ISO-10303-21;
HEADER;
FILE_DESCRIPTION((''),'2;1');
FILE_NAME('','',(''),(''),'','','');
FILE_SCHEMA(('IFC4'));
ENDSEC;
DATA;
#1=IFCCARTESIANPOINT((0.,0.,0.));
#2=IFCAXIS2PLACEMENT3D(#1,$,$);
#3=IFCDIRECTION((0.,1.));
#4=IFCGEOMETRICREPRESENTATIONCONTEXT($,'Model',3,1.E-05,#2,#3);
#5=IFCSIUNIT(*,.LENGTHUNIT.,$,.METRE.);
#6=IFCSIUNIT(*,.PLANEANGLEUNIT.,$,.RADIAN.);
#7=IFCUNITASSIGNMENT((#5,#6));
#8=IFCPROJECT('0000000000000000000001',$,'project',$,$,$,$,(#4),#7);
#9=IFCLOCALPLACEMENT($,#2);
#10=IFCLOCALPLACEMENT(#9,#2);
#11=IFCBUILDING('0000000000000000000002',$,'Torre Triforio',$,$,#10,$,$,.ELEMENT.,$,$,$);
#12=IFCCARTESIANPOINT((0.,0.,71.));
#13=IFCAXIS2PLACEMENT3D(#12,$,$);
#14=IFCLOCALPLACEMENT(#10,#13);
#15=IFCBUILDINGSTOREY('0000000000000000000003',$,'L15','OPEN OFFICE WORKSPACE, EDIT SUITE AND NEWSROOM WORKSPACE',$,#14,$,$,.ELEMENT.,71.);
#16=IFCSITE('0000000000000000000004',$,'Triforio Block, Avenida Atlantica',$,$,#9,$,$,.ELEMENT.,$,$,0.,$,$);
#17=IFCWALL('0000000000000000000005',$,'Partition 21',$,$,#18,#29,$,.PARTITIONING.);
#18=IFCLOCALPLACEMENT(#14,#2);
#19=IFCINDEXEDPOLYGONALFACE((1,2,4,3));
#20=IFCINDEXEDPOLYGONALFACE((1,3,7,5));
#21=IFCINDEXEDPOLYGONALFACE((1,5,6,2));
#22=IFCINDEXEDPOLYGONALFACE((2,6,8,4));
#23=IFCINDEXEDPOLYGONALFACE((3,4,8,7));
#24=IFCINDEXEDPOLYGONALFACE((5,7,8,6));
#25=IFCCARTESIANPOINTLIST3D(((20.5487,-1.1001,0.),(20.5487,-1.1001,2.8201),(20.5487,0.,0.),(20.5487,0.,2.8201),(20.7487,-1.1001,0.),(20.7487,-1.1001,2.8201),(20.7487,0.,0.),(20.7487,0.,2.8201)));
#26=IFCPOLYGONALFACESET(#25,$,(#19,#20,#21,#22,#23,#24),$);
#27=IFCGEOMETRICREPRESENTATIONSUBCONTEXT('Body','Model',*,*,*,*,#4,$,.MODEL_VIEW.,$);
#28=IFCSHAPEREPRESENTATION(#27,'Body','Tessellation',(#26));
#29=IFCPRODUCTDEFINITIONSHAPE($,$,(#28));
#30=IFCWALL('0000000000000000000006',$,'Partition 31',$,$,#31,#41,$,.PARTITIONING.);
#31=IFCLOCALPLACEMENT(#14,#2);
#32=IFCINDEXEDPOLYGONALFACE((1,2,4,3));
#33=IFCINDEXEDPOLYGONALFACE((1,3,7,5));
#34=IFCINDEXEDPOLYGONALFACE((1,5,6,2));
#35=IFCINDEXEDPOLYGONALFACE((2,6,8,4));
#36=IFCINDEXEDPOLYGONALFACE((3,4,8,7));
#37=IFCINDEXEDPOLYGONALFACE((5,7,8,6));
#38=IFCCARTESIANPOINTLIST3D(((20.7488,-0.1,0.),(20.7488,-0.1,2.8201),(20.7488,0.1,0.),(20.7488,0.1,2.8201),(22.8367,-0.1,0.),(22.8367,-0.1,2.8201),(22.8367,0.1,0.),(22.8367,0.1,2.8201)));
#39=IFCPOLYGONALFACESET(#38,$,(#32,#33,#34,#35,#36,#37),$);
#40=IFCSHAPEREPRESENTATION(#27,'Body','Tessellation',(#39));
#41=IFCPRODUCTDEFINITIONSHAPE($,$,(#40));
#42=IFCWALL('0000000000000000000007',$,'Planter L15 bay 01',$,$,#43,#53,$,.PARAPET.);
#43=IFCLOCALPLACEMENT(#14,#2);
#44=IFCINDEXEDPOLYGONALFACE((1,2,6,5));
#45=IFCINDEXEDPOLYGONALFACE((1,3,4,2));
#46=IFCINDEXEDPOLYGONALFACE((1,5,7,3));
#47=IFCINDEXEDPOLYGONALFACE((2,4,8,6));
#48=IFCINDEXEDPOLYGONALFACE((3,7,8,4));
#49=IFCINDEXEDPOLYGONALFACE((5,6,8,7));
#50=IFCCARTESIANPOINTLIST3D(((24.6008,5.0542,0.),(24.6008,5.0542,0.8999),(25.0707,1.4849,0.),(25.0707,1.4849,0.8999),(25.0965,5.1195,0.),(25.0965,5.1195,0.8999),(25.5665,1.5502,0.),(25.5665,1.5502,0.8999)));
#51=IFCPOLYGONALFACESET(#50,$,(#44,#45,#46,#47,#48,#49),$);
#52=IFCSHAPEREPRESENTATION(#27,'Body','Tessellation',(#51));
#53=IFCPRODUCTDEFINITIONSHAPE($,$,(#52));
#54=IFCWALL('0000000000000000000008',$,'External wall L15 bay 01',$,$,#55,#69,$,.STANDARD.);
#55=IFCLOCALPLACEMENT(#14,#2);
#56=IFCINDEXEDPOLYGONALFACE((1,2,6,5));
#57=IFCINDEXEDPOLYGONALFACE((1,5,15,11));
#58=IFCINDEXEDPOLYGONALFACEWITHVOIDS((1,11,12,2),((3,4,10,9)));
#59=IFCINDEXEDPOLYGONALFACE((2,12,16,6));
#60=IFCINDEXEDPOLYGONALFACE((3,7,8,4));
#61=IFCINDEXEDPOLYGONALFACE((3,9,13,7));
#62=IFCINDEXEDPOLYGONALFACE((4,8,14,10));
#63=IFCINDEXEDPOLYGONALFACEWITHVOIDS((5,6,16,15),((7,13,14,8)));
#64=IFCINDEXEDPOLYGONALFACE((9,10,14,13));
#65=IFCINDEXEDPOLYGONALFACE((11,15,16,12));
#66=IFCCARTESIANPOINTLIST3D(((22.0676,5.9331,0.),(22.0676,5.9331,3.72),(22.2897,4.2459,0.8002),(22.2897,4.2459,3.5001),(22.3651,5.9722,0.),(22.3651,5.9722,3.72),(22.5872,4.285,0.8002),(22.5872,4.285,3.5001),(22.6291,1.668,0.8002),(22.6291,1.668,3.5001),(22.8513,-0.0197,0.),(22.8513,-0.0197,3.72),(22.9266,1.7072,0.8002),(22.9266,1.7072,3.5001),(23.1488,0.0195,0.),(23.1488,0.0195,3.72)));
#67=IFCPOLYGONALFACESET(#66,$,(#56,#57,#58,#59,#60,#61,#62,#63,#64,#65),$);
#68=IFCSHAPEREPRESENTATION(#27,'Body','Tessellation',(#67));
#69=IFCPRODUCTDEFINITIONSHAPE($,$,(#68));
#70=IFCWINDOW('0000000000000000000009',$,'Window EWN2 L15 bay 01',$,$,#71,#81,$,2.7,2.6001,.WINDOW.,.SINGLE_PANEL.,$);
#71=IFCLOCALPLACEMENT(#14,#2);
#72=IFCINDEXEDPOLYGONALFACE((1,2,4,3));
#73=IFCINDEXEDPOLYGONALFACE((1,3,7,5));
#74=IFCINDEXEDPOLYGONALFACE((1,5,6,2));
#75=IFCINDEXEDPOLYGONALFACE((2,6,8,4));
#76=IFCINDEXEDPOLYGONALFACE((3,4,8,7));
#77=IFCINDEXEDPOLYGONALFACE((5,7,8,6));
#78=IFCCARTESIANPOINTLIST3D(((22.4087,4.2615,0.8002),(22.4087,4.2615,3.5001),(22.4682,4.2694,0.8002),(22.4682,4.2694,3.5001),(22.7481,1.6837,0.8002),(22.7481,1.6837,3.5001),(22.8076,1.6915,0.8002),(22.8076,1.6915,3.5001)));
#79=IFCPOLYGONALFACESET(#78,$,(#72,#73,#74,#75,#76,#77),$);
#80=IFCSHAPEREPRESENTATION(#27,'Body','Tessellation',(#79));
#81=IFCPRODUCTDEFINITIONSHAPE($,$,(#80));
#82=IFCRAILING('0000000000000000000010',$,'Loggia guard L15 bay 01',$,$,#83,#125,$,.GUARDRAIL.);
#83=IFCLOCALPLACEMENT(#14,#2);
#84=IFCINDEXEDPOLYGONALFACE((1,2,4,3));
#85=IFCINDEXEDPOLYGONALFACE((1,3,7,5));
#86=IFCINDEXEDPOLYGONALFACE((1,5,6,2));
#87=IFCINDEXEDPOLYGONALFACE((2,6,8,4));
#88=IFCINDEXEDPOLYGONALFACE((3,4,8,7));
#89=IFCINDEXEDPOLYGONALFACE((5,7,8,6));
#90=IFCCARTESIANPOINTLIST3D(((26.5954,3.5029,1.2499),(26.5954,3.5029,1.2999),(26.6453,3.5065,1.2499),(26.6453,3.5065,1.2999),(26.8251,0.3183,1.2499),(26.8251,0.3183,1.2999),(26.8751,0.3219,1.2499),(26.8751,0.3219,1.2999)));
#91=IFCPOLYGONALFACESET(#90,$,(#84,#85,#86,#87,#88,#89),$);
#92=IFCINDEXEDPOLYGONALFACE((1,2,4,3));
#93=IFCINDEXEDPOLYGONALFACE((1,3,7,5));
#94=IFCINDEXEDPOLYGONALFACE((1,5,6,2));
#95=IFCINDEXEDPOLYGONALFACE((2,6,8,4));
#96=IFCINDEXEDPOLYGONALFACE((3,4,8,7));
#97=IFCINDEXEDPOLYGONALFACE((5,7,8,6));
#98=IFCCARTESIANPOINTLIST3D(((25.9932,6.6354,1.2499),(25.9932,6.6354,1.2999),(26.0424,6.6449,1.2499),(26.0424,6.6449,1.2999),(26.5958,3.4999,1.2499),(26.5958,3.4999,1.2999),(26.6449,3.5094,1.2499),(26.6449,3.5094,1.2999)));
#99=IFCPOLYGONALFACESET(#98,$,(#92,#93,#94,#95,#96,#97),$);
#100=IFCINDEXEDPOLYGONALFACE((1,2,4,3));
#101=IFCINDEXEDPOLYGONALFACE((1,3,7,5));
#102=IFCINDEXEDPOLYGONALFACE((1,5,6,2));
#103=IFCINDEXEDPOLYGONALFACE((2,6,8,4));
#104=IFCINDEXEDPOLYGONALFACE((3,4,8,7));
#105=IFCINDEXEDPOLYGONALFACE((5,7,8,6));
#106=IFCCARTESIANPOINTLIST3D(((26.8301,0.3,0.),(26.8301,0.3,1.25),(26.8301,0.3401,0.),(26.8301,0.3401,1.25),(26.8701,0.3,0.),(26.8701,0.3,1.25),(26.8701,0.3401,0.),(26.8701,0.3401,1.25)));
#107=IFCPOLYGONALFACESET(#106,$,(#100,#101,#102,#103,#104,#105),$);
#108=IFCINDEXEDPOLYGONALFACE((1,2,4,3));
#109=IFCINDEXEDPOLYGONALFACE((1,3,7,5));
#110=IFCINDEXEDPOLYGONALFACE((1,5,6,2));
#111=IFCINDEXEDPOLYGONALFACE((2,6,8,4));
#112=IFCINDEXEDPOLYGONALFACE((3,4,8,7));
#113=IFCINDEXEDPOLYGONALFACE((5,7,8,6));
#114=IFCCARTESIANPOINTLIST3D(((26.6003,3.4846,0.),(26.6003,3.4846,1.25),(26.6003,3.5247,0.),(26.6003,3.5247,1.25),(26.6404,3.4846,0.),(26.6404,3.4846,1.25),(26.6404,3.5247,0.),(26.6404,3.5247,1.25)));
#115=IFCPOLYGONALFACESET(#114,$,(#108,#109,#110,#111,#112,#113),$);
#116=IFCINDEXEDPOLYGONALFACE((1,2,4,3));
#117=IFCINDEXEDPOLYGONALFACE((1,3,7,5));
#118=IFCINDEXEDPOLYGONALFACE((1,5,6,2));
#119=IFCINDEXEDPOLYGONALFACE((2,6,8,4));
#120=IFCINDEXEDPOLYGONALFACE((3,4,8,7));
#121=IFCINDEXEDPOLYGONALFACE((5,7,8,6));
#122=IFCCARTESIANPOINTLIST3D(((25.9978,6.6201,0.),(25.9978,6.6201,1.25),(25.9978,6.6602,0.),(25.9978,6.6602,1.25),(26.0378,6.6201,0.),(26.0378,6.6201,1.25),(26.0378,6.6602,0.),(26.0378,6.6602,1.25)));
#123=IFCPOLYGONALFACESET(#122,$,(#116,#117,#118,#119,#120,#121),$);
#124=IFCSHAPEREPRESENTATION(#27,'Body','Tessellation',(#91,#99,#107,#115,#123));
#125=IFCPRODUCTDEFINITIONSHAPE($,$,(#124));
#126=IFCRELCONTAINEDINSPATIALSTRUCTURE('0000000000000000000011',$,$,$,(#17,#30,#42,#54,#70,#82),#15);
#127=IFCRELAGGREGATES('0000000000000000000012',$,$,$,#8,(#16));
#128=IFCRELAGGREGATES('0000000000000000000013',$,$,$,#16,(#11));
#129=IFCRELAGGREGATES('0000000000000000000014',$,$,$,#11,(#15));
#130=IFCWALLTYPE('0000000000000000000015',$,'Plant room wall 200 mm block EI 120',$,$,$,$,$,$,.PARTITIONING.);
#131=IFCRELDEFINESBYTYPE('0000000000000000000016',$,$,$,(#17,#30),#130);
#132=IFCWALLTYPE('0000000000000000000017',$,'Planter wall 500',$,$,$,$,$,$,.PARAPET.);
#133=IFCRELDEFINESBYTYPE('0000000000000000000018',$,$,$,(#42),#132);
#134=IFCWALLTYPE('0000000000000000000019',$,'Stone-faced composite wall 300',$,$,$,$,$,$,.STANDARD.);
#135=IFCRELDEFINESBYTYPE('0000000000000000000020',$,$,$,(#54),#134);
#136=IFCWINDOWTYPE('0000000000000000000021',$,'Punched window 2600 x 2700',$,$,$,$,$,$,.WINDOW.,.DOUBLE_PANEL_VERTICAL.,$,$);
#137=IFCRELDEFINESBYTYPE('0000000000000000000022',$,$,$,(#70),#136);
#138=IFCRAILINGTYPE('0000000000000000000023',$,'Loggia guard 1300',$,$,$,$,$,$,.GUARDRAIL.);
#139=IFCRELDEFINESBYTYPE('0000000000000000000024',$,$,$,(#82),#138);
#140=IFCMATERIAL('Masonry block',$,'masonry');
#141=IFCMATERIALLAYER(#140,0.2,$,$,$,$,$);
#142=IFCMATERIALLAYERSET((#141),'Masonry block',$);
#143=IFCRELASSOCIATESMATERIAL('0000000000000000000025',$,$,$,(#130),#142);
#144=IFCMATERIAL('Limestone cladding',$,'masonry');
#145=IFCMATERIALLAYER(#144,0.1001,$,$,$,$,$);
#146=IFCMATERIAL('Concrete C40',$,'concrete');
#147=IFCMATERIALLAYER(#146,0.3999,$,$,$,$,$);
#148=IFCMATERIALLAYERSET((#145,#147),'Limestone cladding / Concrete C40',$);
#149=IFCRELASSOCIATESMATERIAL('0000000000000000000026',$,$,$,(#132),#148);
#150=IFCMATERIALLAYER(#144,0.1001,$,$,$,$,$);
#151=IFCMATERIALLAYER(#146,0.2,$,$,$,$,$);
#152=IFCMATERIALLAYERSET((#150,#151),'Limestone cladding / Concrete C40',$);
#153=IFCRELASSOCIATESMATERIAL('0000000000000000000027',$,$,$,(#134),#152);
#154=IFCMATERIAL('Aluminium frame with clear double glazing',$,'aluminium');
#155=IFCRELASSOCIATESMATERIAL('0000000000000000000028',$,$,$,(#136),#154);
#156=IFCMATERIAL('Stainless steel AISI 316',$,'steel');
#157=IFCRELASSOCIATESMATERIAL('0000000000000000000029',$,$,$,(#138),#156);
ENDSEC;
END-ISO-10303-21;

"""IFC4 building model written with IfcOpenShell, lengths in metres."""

from ifc_helpers import new_model, si_unit, direction, frame, frame_2d, origin, origin_2d, place, context, subcontext, project, spatial, rectangle, extrude, material, layer, layer_set, type_object, element, fill, save


model = new_model("IFC4")

# Units and contexts
model_context = context("Model", 3, precision=1e-05, world=origin(), true_north=direction((0.0, 1.0)))
body_context = subcontext(model_context, "Body", "Model", "MODEL_VIEW")
ifc_project = project(units=[si_unit("LENGTHUNIT", "METRE"), si_unit("PLANEANGLEUNIT", "RADIAN")], contexts=[model_context])

# Site, building, storey
site_placement = place(None, origin())
site = spatial("IfcSite", under=ifc_project, at=site_placement, Name="Triforio Block, Avenida Atlantica", CompositionType="ELEMENT", RefElevation=0.0)
building_placement = place(site_placement, origin())
building = spatial("IfcBuilding", under=site, at=building_placement, Name="Torre Triforio", CompositionType="ELEMENT")
storey_placement = place(building_placement, frame((0.0, 0.0, 71.0)))
storey = spatial("IfcBuildingStorey", under=building, at=storey_placement, Name="L15", Description="OPEN OFFICE WORKSPACE, EDIT SUITE AND NEWSROOM WORKSPACE", CompositionType="ELEMENT", Elevation=71.0)

# Walls
ifc_material_1 = material(Name="Masonry block", Category="masonry")
ifc_layer_1 = layer(ifc_material_1, 0.2)
ifc_layer_set_1 = layer_set([ifc_layer_1], Name="Masonry block")
wall_type_1 = type_object("IfcWallType", Name="Plant room wall 200 mm block EI 120", PredefinedType="PARTITIONING", material=ifc_layer_set_1)
wall_1_placement = place(storey_placement, frame((20.6487, 0.0, 0.0), z_axis=(0.0, 0.0, 1.0), x_axis=(0.0, -1.0, 0.0)))
element("IfcWall", 1, at=wall_1_placement, inside=storey, type_object=wall_type_1, Name="Partition 21", PredefinedType="PARTITIONING", context=body_context, shape_type="SweptSolid", body=[
    extrude(rectangle(XDim=1.1001, YDim=0.2, at=frame_2d((0.55, 0.0))), origin(), (0.0, 0.0, 1.0), 2.8201),
])
wall_2_placement = place(storey_placement, frame((20.7488, 0.0, 0.0), z_axis=(0.0, 0.0, 1.0), x_axis=(1.0, 0.0, 0.0)))
element("IfcWall", 2, at=wall_2_placement, inside=storey, type_object=wall_type_1, Name="Partition 31", PredefinedType="PARTITIONING", context=body_context, shape_type="SweptSolid", body=[
    extrude(rectangle(XDim=2.0879, YDim=0.2, at=frame_2d((1.0439, 0.0))), origin(), (0.0, 0.0, 1.0), 2.8201),
])
ifc_material_2 = material(Name="Limestone cladding", Category="masonry")
ifc_layer_2 = layer(ifc_material_2, 0.1001)
ifc_material_3 = material(Name="Concrete C40", Category="concrete")
ifc_layer_3 = layer(ifc_material_3, 0.3999)
ifc_layer_set_2 = layer_set([ifc_layer_2, ifc_layer_3], Name="Limestone cladding / Concrete C40")
wall_type_2 = type_object("IfcWallType", Name="Planter wall 500", PredefinedType="PARAPET", material=ifc_layer_set_2)
wall_3_placement = place(storey_placement, frame((25.3186, 1.5176, 0.0), z_axis=(0.0, 0.0, 1.0), x_axis=(-0.130542, 0.991443, 0.0)))
element("IfcWall", 3, at=wall_3_placement, inside=storey, type_object=wall_type_2, Name="Planter L15 bay 01", PredefinedType="PARAPET", context=body_context, shape_type="SweptSolid", body=[
    extrude(rectangle(XDim=3.6001, YDim=0.5, at=frame_2d((1.8, 0.0))), origin(), (0.0, 0.0, 1.0), 0.8999),
])

# Wall, opening, window
ifc_layer_4 = layer(ifc_material_2, 0.1001)
ifc_layer_5 = layer(ifc_material_3, 0.2)
ifc_layer_set_3 = layer_set([ifc_layer_4, ifc_layer_5], Name="Limestone cladding / Concrete C40")
wall_type_3 = type_object("IfcWallType", Name="Stone-faced composite wall 300", PredefinedType="STANDARD", material=ifc_layer_set_3)
wall_4_placement = place(storey_placement, frame((23.0, 0.0, 0.0), z_axis=(0.0, 0.0, 1.0), x_axis=(-0.130523, 0.991445, 0.0)))
wall_4 = element("IfcWall", 4, at=wall_4_placement, inside=storey, type_object=wall_type_3, Name="External wall L15 bay 01", PredefinedType="STANDARD", context=body_context, shape_type="SweptSolid", body=[
    extrude(rectangle(XDim=6.0042, YDim=0.3, at=frame_2d((3.002, 0.0))), origin(), (0.0, 0.0, 1.0), 3.72),
])
opening_1_placement = place(wall_4_placement, frame((1.7021, 0.0, 0.8)))
opening_1 = element("IfcOpeningElement", 5, at=opening_1_placement, cuts=wall_4, PredefinedType="OPENING", context=body_context, shape_type="SweptSolid", body=[
    extrude(rectangle(XDim=2.6001, YDim=2.7, at=frame_2d((1.3, 1.3501))), frame((0.0, 0.1599, 0.0), z_axis=(0.0, -1.0, 0.0), x_axis=(1.0, 0.0, 0.0)), (0.0, 0.0, 1.0), 0.3201),
])
ifc_material_4 = material(Name="Aluminium frame with clear double glazing", Category="aluminium")
window_type_1 = type_object("IfcWindowType", Name="Punched window 2600 x 2700", PartitioningType="DOUBLE_PANEL_VERTICAL", PredefinedType="WINDOW", material=ifc_material_4)
window_1_placement = place(opening_1_placement, origin())
window_1 = element("IfcWindow", 6, at=window_1_placement, inside=storey, type_object=window_type_1, Name="Window EWN2 L15 bay 01", OverallHeight=2.7, OverallWidth=2.6001, PartitioningType="SINGLE_PANEL", PredefinedType="WINDOW", context=body_context, shape_type="SweptSolid", body=[
    extrude(rectangle(XDim=2.6001, YDim=2.7, at=frame_2d((1.3, 1.3501))), frame((0.0, 0.03, 0.0), z_axis=(0.0, -1.0, 0.0), x_axis=(1.0, 0.0, 0.0)), (0.0, 0.0, 1.0), 0.0601),
])
fill(opening_1, window_1)

# Railing
ifc_material_5 = material(Name="Stainless steel AISI 316", Category="steel")
railing_type = type_object("IfcRailingType", Name="Loggia guard 1300", PredefinedType="GUARDRAIL", material=ifc_material_5)
railing_placement = place(storey_placement, frame((26.8501, 0.3201, 0.0)))
element("IfcRailing", 7, at=railing_placement, inside=storey, type_object=railing_type, Name="Loggia guard L15 bay 01", PredefinedType="GUARDRAIL", context=body_context, shape_type="SweptSolid", body=[
    extrude(rectangle(XDim=0.05, YDim=0.05, at=origin_2d()), frame((0.0, 0.0, 1.2749), z_axis=(-0.071953, 0.997408, 0.0), x_axis=(-0.997408, -0.071953, 0.0)), (0.0, 0.0, 1.0), 3.1929),
    extrude(rectangle(XDim=0.05, YDim=0.05, at=origin_2d()), frame((-0.2297, 3.1846, 1.2749), z_axis=(-0.188714, 0.982032, 0.0), x_axis=(-0.982032, -0.188714, 0.0)), (0.0, 0.0, 1.0), 3.1929),
    extrude(rectangle(XDim=0.04, YDim=0.04, at=origin_2d()), origin(), (0.0, 0.0, 1.0), 1.25),
    extrude(rectangle(XDim=0.04, YDim=0.04, at=origin_2d()), frame((-0.2297, 3.1846, 0.0)), (0.0, 0.0, 1.0), 1.25),
    extrude(rectangle(XDim=0.04, YDim=0.04, at=origin_2d()), frame((-0.8323, 6.3201, 0.0)), (0.0, 0.0, 1.0), 1.25),
])

save(model, "model.ifc")
